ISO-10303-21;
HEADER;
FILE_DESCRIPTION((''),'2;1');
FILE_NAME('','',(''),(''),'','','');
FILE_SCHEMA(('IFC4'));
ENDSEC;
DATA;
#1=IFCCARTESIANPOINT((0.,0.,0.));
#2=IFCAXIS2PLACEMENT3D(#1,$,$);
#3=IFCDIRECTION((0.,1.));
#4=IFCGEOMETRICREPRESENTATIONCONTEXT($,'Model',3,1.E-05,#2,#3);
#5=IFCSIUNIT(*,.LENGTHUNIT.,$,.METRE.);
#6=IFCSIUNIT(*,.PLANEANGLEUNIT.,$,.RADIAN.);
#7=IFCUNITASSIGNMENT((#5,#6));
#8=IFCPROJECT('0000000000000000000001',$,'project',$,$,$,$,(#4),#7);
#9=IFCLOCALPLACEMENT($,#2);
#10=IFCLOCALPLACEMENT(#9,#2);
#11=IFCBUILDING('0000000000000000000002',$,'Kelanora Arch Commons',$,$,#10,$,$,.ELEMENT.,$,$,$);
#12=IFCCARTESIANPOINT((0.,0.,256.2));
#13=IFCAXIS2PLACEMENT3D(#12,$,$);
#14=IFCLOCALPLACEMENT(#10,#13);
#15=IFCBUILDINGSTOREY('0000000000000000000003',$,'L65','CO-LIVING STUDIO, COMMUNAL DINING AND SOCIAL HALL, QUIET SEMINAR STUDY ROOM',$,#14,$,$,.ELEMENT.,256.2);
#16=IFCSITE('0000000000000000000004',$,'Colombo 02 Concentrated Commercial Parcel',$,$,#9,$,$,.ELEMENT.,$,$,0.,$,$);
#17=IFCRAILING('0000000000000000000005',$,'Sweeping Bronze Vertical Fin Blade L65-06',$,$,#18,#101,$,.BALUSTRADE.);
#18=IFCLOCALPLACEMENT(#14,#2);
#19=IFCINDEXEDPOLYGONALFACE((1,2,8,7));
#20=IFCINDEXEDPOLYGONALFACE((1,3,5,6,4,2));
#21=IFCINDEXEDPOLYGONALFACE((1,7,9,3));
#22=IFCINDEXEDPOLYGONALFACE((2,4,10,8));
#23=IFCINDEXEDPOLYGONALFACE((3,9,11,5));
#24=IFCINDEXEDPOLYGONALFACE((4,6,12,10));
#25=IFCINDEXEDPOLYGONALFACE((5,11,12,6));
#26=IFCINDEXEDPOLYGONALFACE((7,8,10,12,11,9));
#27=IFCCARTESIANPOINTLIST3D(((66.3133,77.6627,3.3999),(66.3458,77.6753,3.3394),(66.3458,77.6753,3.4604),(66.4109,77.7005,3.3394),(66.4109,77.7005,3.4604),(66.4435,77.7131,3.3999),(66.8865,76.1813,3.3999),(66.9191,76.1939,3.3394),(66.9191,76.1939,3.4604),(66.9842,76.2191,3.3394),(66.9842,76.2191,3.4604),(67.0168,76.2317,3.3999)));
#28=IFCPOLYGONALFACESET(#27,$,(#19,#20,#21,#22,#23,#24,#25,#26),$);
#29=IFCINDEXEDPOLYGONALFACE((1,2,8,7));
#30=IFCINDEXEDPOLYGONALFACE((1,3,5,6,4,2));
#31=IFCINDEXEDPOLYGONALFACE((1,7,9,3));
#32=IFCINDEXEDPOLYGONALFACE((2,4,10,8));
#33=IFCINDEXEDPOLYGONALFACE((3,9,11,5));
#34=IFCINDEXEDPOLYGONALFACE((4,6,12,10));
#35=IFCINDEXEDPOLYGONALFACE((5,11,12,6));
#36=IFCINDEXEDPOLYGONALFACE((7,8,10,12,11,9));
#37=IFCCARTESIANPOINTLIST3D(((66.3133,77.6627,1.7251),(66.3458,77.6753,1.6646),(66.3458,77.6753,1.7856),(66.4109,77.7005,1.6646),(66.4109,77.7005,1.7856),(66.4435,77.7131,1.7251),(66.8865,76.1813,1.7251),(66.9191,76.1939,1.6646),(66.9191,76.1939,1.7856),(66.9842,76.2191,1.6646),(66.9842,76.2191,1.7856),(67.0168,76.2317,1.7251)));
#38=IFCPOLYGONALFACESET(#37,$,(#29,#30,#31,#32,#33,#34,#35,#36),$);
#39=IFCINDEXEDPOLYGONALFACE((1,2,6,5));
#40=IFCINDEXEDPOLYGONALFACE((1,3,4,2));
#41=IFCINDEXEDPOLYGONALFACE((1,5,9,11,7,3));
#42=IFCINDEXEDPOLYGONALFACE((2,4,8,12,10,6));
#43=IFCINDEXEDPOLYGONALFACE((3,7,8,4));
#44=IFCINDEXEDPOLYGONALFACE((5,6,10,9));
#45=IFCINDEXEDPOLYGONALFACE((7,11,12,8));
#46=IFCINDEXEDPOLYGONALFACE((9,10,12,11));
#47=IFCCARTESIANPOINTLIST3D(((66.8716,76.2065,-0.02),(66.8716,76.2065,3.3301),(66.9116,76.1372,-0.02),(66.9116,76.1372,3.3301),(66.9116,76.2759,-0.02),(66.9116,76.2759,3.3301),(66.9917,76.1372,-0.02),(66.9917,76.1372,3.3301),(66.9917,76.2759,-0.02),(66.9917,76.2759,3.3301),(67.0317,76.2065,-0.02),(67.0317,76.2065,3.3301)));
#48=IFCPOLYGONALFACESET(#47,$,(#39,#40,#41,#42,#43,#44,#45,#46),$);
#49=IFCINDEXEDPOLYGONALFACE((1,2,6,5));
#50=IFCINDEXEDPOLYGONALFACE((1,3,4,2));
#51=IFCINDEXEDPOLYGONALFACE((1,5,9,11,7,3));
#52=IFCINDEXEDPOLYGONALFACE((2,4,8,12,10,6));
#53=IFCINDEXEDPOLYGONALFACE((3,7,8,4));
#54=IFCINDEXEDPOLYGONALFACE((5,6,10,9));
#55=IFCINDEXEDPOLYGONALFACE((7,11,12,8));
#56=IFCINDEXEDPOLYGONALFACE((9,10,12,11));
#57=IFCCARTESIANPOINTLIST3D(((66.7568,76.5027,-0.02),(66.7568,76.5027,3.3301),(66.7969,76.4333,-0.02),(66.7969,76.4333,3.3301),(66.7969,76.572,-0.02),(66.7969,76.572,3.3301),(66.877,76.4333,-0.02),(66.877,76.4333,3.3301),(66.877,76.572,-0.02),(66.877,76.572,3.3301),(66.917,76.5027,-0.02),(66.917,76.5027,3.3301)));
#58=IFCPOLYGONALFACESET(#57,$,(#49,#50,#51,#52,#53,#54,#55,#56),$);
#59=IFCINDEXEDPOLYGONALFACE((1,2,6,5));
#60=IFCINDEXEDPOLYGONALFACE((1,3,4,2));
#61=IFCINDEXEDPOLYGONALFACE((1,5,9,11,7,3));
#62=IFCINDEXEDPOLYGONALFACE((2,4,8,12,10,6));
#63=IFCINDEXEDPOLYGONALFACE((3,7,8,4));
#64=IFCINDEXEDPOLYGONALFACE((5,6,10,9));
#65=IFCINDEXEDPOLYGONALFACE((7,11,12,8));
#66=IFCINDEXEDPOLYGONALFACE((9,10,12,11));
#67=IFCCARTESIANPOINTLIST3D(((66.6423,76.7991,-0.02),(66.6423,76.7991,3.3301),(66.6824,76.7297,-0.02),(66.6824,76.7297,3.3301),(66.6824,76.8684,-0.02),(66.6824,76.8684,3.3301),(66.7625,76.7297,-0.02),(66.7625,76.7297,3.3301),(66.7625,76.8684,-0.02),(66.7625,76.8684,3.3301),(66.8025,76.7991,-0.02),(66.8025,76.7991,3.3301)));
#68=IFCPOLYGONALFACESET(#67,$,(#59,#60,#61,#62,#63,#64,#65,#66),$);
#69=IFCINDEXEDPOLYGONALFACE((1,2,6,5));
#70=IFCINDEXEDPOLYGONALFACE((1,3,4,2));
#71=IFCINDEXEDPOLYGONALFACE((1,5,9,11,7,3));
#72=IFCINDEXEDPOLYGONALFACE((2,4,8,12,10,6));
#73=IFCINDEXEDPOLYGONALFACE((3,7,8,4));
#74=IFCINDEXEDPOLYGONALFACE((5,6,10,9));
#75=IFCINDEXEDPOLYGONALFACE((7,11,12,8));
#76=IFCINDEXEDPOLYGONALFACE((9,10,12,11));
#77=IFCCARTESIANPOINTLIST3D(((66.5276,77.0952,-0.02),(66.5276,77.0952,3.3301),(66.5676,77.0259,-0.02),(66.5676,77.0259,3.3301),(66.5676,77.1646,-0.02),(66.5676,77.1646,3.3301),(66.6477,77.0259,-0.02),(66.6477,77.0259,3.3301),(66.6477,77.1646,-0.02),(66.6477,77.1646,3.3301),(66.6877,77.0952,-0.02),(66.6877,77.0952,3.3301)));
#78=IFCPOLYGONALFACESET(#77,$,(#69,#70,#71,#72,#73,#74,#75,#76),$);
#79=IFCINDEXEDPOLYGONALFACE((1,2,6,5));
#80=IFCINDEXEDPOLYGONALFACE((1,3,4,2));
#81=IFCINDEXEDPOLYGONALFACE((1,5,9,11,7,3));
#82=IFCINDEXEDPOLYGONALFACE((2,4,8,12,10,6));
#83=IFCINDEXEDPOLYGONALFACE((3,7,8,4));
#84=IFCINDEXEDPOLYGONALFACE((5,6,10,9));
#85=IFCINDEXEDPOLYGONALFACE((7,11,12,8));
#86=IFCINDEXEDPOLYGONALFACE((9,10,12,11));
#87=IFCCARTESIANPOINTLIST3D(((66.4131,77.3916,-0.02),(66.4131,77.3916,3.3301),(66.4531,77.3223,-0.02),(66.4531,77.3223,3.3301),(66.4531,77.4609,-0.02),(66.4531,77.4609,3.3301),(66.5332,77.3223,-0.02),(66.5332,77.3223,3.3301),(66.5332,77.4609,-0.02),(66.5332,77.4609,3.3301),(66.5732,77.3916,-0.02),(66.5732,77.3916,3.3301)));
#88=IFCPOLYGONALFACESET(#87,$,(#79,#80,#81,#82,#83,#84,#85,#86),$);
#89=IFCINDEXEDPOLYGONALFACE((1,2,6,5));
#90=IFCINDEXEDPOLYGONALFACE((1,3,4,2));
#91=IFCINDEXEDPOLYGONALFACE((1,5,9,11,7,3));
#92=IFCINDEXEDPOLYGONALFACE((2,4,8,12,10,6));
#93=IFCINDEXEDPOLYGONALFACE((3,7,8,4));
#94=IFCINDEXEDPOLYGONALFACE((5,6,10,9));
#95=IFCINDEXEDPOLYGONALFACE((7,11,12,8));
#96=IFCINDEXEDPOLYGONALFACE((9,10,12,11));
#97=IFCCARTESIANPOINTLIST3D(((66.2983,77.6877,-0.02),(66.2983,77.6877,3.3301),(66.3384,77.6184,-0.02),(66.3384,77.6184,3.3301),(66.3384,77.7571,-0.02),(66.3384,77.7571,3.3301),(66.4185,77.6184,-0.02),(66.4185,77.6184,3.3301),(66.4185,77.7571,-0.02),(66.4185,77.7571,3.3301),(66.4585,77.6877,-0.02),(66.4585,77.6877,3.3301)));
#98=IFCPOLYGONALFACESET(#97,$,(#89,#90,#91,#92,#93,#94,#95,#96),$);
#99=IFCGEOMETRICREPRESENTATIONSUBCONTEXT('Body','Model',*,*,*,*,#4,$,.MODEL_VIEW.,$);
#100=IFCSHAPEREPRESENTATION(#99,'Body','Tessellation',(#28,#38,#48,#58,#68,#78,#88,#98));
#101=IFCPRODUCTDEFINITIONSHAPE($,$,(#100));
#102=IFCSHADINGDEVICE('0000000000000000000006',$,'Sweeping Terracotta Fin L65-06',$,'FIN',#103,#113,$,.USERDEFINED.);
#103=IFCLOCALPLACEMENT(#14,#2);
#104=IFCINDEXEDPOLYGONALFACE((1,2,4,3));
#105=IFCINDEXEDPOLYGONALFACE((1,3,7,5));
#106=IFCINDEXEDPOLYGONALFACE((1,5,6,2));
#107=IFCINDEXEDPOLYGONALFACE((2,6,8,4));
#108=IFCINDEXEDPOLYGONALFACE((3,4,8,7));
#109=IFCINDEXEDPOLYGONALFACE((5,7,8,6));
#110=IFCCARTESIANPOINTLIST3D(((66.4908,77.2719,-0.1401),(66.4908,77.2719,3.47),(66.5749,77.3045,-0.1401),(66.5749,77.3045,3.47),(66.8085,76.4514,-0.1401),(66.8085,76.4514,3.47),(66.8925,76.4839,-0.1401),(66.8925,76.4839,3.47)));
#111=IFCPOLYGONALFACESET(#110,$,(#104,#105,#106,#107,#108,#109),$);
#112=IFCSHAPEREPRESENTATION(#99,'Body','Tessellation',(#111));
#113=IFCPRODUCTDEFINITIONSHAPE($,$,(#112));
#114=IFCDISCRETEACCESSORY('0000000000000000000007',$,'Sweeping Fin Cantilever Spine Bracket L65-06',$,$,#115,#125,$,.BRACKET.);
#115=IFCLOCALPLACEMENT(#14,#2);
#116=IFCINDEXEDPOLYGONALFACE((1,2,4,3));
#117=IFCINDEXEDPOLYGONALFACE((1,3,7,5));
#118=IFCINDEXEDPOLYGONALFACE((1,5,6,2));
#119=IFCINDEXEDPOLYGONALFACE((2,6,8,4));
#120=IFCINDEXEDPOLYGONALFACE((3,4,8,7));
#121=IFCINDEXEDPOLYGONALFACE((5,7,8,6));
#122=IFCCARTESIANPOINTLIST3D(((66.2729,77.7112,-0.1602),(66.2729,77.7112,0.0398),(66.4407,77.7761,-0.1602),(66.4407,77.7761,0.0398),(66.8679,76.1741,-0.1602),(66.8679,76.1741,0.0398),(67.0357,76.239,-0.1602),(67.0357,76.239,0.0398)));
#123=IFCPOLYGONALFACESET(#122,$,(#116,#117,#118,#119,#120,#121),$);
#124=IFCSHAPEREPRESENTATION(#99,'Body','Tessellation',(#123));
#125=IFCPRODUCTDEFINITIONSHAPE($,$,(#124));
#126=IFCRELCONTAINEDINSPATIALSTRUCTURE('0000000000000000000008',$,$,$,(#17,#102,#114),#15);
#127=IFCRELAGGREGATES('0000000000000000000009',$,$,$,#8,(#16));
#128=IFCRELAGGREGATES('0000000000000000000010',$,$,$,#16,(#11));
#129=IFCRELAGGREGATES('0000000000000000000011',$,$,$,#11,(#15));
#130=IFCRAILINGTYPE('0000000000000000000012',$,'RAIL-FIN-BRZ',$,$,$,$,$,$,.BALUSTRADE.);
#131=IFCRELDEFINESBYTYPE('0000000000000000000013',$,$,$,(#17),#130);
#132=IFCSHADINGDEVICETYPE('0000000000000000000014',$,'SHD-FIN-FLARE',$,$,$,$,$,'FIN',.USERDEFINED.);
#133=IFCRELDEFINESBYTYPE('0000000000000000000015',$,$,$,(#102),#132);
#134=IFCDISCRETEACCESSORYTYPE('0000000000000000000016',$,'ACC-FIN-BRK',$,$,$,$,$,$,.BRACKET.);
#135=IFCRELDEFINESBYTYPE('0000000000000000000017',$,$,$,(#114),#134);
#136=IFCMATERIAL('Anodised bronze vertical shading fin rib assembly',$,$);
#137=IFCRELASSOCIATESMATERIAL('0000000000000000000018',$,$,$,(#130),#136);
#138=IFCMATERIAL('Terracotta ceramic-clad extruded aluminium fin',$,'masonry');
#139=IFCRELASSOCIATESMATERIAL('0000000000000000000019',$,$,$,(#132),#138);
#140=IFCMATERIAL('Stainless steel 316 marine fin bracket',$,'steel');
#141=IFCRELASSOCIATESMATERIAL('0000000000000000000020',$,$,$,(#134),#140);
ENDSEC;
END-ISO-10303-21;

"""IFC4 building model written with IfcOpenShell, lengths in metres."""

from ifc_helpers import new_model, si_unit, direction, frame, origin, origin_2d, place, context, subcontext, project, spatial, polyline, rectangle, outline, extrude, source, transform, mapped, material, type_object, element, save


model = new_model("IFC4")

# Units and contexts
model_context = context("Model", 3, precision=1e-05, world=origin(), true_north=direction((0.0, 1.0)))
body_context = subcontext(model_context, "Body", "Model", "MODEL_VIEW")
ifc_project = project(units=[si_unit("LENGTHUNIT", "METRE"), si_unit("PLANEANGLEUNIT", "RADIAN")], contexts=[model_context])

# Site, building, storey
site_placement = place(None, origin())
site = spatial("IfcSite", under=ifc_project, at=site_placement, Name="Colombo 02 Concentrated Commercial Parcel", CompositionType="ELEMENT", RefElevation=0.0)
building_placement = place(site_placement, origin())
building = spatial("IfcBuilding", under=site, at=building_placement, Name="Kelanora Arch Commons", CompositionType="ELEMENT")
storey_placement = place(building_placement, frame((0.0, 0.0, 256.2)))
storey = spatial("IfcBuildingStorey", under=building, at=storey_placement, Name="L65", Description="CO-LIVING STUDIO, COMMUNAL DINING AND SOCIAL HALL, QUIET SEMINAR STUDY ROOM", CompositionType="ELEMENT", Elevation=256.2)

# Railing
ifc_material_1 = material(Name="Anodised bronze vertical shading fin rib assembly")
railing_type = type_object("IfcRailingType", Name="RAIL-FIN-BRZ", PredefinedType="BALUSTRADE", material=ifc_material_1)
railing_placement = place(storey_placement, frame((66.9517, 76.2065, -0.02)))
element("IfcRailing", 1, at=railing_placement, inside=storey, type_object=railing_type, Name="Sweeping Bronze Vertical Fin Blade L65-06", PredefinedType="BALUSTRADE", context=body_context, shape_type="SweptSolid", body=[
    extrude(outline(polyline([(0.0698, 0.0), (0.0349, 0.0605), (-0.0349, 0.0605), (-0.0698, 0.0), (-0.0349, -0.0605), (0.0349, -0.0605), (0.0698, 0.0)])), frame((0.0, 0.0, 3.4199), z_axis=(-0.360925, 0.932595, 0.0), x_axis=(-0.932595, -0.360925, 0.0)), (0.0, 0.0, 1.0), 1.5884),
    extrude(outline(polyline([(0.0698, 0.0), (0.0349, 0.0605), (-0.0349, 0.0605), (-0.0698, 0.0), (-0.0349, -0.0605), (0.0349, -0.0605), (0.0698, 0.0)])), frame((0.0, 0.0, 1.7451), z_axis=(-0.360925, 0.932595, 0.0), x_axis=(-0.932595, -0.360925, 0.0)), (0.0, 0.0, 1.0), 1.5884),
    extrude(outline(polyline([(0.0801, 0.0), (0.04, 0.0693), (-0.04, 0.0693), (-0.0801, 0.0), (-0.04, -0.0693), (0.04, -0.0693), (0.0801, 0.0)])), origin(), (0.0, 0.0, 1.0), 3.3501),
    extrude(outline(polyline([(0.0801, 0.0), (0.04, 0.0693), (-0.04, 0.0693), (-0.0801, 0.0), (-0.04, -0.0693), (0.04, -0.0693), (0.0801, 0.0)])), frame((-0.1147, 0.2961, 0.0)), (0.0, 0.0, 1.0), 3.3501),
    extrude(outline(polyline([(0.0801, 0.0), (0.04, 0.0693), (-0.04, 0.0693), (-0.0801, 0.0), (-0.04, -0.0693), (0.04, -0.0693), (0.0801, 0.0)])), frame((-0.2292, 0.5925, 0.0)), (0.0, 0.0, 1.0), 3.3501),
    extrude(outline(polyline([(0.0801, 0.0), (0.04, 0.0693), (-0.04, 0.0693), (-0.0801, 0.0), (-0.04, -0.0693), (0.04, -0.0693), (0.0801, 0.0)])), frame((-0.344, 0.8887, 0.0)), (0.0, 0.0, 1.0), 3.3501),
    extrude(outline(polyline([(0.0801, 0.0), (0.04, 0.0693), (-0.04, 0.0693), (-0.0801, 0.0), (-0.04, -0.0693), (0.04, -0.0693), (0.0801, 0.0)])), frame((-0.4585, 1.1851, 0.0)), (0.0, 0.0, 1.0), 3.3501),
    extrude(outline(polyline([(0.0801, 0.0), (0.04, 0.0693), (-0.04, 0.0693), (-0.0801, 0.0), (-0.04, -0.0693), (0.04, -0.0693), (0.0801, 0.0)])), frame((-0.5732, 1.4812, 0.0)), (0.0, 0.0, 1.0), 3.3501),
])

# Shading device
ifc_material_2 = material(Name="Terracotta ceramic-clad extruded aluminium fin", Category="masonry")
shading_device_type = type_object("IfcShadingDeviceType", Name="SHD-FIN-FLARE", ElementType="FIN", PredefinedType="USERDEFINED", material=ifc_material_2)
shared_shape_1 = source(origin(), body_context, "Body", "SweptSolid", [
    extrude(rectangle(XDim=0.8799, YDim=0.0901, at=origin_2d()), origin(), (0.0, 0.0, 1.0), 3.6101),
])
shading_device_placement = place(storey_placement, frame((66.6917, 76.8779, -0.1401), z_axis=(0.0, 0.0, 1.0), x_axis=(-0.360974, 0.932576, 0.0)))
element("IfcShadingDevice", 2, at=shading_device_placement, inside=storey, type_object=shading_device_type, Name="Sweeping Terracotta Fin L65-06", ObjectType="FIN", PredefinedType="USERDEFINED", context=body_context, shape_type="MappedRepresentation", body=[
    mapped(shared_shape_1, transform((0.0, 0.0, 0.0), scale=1.0)),
])

# Discrete accessory
ifc_material_3 = material(Name="Stainless steel 316 marine fin bracket", Category="steel")
discrete_accessory_type = type_object("IfcDiscreteAccessoryType", Name="ACC-FIN-BRK", PredefinedType="BRACKET", material=ifc_material_3)
shared_shape_2 = source(origin(), body_context, "Body", "SweptSolid", [
    extrude(rectangle(XDim=1.6482, YDim=0.1799, at=origin_2d()), origin(), (0.0, 0.0, 1.0), 0.2),
])
discrete_accessory_placement = place(storey_placement, frame((66.6543, 76.9751, -0.1602), z_axis=(0.0, 0.0, 1.0), x_axis=(-0.360974, 0.932576, 0.0)))
element("IfcDiscreteAccessory", 3, at=discrete_accessory_placement, inside=storey, type_object=discrete_accessory_type, Name="Sweeping Fin Cantilever Spine Bracket L65-06", PredefinedType="BRACKET", context=body_context, shape_type="MappedRepresentation", body=[
    mapped(shared_shape_2, transform((0.0, 0.0, 0.0), scale=1.0)),
])

save(model, "model.ifc")
